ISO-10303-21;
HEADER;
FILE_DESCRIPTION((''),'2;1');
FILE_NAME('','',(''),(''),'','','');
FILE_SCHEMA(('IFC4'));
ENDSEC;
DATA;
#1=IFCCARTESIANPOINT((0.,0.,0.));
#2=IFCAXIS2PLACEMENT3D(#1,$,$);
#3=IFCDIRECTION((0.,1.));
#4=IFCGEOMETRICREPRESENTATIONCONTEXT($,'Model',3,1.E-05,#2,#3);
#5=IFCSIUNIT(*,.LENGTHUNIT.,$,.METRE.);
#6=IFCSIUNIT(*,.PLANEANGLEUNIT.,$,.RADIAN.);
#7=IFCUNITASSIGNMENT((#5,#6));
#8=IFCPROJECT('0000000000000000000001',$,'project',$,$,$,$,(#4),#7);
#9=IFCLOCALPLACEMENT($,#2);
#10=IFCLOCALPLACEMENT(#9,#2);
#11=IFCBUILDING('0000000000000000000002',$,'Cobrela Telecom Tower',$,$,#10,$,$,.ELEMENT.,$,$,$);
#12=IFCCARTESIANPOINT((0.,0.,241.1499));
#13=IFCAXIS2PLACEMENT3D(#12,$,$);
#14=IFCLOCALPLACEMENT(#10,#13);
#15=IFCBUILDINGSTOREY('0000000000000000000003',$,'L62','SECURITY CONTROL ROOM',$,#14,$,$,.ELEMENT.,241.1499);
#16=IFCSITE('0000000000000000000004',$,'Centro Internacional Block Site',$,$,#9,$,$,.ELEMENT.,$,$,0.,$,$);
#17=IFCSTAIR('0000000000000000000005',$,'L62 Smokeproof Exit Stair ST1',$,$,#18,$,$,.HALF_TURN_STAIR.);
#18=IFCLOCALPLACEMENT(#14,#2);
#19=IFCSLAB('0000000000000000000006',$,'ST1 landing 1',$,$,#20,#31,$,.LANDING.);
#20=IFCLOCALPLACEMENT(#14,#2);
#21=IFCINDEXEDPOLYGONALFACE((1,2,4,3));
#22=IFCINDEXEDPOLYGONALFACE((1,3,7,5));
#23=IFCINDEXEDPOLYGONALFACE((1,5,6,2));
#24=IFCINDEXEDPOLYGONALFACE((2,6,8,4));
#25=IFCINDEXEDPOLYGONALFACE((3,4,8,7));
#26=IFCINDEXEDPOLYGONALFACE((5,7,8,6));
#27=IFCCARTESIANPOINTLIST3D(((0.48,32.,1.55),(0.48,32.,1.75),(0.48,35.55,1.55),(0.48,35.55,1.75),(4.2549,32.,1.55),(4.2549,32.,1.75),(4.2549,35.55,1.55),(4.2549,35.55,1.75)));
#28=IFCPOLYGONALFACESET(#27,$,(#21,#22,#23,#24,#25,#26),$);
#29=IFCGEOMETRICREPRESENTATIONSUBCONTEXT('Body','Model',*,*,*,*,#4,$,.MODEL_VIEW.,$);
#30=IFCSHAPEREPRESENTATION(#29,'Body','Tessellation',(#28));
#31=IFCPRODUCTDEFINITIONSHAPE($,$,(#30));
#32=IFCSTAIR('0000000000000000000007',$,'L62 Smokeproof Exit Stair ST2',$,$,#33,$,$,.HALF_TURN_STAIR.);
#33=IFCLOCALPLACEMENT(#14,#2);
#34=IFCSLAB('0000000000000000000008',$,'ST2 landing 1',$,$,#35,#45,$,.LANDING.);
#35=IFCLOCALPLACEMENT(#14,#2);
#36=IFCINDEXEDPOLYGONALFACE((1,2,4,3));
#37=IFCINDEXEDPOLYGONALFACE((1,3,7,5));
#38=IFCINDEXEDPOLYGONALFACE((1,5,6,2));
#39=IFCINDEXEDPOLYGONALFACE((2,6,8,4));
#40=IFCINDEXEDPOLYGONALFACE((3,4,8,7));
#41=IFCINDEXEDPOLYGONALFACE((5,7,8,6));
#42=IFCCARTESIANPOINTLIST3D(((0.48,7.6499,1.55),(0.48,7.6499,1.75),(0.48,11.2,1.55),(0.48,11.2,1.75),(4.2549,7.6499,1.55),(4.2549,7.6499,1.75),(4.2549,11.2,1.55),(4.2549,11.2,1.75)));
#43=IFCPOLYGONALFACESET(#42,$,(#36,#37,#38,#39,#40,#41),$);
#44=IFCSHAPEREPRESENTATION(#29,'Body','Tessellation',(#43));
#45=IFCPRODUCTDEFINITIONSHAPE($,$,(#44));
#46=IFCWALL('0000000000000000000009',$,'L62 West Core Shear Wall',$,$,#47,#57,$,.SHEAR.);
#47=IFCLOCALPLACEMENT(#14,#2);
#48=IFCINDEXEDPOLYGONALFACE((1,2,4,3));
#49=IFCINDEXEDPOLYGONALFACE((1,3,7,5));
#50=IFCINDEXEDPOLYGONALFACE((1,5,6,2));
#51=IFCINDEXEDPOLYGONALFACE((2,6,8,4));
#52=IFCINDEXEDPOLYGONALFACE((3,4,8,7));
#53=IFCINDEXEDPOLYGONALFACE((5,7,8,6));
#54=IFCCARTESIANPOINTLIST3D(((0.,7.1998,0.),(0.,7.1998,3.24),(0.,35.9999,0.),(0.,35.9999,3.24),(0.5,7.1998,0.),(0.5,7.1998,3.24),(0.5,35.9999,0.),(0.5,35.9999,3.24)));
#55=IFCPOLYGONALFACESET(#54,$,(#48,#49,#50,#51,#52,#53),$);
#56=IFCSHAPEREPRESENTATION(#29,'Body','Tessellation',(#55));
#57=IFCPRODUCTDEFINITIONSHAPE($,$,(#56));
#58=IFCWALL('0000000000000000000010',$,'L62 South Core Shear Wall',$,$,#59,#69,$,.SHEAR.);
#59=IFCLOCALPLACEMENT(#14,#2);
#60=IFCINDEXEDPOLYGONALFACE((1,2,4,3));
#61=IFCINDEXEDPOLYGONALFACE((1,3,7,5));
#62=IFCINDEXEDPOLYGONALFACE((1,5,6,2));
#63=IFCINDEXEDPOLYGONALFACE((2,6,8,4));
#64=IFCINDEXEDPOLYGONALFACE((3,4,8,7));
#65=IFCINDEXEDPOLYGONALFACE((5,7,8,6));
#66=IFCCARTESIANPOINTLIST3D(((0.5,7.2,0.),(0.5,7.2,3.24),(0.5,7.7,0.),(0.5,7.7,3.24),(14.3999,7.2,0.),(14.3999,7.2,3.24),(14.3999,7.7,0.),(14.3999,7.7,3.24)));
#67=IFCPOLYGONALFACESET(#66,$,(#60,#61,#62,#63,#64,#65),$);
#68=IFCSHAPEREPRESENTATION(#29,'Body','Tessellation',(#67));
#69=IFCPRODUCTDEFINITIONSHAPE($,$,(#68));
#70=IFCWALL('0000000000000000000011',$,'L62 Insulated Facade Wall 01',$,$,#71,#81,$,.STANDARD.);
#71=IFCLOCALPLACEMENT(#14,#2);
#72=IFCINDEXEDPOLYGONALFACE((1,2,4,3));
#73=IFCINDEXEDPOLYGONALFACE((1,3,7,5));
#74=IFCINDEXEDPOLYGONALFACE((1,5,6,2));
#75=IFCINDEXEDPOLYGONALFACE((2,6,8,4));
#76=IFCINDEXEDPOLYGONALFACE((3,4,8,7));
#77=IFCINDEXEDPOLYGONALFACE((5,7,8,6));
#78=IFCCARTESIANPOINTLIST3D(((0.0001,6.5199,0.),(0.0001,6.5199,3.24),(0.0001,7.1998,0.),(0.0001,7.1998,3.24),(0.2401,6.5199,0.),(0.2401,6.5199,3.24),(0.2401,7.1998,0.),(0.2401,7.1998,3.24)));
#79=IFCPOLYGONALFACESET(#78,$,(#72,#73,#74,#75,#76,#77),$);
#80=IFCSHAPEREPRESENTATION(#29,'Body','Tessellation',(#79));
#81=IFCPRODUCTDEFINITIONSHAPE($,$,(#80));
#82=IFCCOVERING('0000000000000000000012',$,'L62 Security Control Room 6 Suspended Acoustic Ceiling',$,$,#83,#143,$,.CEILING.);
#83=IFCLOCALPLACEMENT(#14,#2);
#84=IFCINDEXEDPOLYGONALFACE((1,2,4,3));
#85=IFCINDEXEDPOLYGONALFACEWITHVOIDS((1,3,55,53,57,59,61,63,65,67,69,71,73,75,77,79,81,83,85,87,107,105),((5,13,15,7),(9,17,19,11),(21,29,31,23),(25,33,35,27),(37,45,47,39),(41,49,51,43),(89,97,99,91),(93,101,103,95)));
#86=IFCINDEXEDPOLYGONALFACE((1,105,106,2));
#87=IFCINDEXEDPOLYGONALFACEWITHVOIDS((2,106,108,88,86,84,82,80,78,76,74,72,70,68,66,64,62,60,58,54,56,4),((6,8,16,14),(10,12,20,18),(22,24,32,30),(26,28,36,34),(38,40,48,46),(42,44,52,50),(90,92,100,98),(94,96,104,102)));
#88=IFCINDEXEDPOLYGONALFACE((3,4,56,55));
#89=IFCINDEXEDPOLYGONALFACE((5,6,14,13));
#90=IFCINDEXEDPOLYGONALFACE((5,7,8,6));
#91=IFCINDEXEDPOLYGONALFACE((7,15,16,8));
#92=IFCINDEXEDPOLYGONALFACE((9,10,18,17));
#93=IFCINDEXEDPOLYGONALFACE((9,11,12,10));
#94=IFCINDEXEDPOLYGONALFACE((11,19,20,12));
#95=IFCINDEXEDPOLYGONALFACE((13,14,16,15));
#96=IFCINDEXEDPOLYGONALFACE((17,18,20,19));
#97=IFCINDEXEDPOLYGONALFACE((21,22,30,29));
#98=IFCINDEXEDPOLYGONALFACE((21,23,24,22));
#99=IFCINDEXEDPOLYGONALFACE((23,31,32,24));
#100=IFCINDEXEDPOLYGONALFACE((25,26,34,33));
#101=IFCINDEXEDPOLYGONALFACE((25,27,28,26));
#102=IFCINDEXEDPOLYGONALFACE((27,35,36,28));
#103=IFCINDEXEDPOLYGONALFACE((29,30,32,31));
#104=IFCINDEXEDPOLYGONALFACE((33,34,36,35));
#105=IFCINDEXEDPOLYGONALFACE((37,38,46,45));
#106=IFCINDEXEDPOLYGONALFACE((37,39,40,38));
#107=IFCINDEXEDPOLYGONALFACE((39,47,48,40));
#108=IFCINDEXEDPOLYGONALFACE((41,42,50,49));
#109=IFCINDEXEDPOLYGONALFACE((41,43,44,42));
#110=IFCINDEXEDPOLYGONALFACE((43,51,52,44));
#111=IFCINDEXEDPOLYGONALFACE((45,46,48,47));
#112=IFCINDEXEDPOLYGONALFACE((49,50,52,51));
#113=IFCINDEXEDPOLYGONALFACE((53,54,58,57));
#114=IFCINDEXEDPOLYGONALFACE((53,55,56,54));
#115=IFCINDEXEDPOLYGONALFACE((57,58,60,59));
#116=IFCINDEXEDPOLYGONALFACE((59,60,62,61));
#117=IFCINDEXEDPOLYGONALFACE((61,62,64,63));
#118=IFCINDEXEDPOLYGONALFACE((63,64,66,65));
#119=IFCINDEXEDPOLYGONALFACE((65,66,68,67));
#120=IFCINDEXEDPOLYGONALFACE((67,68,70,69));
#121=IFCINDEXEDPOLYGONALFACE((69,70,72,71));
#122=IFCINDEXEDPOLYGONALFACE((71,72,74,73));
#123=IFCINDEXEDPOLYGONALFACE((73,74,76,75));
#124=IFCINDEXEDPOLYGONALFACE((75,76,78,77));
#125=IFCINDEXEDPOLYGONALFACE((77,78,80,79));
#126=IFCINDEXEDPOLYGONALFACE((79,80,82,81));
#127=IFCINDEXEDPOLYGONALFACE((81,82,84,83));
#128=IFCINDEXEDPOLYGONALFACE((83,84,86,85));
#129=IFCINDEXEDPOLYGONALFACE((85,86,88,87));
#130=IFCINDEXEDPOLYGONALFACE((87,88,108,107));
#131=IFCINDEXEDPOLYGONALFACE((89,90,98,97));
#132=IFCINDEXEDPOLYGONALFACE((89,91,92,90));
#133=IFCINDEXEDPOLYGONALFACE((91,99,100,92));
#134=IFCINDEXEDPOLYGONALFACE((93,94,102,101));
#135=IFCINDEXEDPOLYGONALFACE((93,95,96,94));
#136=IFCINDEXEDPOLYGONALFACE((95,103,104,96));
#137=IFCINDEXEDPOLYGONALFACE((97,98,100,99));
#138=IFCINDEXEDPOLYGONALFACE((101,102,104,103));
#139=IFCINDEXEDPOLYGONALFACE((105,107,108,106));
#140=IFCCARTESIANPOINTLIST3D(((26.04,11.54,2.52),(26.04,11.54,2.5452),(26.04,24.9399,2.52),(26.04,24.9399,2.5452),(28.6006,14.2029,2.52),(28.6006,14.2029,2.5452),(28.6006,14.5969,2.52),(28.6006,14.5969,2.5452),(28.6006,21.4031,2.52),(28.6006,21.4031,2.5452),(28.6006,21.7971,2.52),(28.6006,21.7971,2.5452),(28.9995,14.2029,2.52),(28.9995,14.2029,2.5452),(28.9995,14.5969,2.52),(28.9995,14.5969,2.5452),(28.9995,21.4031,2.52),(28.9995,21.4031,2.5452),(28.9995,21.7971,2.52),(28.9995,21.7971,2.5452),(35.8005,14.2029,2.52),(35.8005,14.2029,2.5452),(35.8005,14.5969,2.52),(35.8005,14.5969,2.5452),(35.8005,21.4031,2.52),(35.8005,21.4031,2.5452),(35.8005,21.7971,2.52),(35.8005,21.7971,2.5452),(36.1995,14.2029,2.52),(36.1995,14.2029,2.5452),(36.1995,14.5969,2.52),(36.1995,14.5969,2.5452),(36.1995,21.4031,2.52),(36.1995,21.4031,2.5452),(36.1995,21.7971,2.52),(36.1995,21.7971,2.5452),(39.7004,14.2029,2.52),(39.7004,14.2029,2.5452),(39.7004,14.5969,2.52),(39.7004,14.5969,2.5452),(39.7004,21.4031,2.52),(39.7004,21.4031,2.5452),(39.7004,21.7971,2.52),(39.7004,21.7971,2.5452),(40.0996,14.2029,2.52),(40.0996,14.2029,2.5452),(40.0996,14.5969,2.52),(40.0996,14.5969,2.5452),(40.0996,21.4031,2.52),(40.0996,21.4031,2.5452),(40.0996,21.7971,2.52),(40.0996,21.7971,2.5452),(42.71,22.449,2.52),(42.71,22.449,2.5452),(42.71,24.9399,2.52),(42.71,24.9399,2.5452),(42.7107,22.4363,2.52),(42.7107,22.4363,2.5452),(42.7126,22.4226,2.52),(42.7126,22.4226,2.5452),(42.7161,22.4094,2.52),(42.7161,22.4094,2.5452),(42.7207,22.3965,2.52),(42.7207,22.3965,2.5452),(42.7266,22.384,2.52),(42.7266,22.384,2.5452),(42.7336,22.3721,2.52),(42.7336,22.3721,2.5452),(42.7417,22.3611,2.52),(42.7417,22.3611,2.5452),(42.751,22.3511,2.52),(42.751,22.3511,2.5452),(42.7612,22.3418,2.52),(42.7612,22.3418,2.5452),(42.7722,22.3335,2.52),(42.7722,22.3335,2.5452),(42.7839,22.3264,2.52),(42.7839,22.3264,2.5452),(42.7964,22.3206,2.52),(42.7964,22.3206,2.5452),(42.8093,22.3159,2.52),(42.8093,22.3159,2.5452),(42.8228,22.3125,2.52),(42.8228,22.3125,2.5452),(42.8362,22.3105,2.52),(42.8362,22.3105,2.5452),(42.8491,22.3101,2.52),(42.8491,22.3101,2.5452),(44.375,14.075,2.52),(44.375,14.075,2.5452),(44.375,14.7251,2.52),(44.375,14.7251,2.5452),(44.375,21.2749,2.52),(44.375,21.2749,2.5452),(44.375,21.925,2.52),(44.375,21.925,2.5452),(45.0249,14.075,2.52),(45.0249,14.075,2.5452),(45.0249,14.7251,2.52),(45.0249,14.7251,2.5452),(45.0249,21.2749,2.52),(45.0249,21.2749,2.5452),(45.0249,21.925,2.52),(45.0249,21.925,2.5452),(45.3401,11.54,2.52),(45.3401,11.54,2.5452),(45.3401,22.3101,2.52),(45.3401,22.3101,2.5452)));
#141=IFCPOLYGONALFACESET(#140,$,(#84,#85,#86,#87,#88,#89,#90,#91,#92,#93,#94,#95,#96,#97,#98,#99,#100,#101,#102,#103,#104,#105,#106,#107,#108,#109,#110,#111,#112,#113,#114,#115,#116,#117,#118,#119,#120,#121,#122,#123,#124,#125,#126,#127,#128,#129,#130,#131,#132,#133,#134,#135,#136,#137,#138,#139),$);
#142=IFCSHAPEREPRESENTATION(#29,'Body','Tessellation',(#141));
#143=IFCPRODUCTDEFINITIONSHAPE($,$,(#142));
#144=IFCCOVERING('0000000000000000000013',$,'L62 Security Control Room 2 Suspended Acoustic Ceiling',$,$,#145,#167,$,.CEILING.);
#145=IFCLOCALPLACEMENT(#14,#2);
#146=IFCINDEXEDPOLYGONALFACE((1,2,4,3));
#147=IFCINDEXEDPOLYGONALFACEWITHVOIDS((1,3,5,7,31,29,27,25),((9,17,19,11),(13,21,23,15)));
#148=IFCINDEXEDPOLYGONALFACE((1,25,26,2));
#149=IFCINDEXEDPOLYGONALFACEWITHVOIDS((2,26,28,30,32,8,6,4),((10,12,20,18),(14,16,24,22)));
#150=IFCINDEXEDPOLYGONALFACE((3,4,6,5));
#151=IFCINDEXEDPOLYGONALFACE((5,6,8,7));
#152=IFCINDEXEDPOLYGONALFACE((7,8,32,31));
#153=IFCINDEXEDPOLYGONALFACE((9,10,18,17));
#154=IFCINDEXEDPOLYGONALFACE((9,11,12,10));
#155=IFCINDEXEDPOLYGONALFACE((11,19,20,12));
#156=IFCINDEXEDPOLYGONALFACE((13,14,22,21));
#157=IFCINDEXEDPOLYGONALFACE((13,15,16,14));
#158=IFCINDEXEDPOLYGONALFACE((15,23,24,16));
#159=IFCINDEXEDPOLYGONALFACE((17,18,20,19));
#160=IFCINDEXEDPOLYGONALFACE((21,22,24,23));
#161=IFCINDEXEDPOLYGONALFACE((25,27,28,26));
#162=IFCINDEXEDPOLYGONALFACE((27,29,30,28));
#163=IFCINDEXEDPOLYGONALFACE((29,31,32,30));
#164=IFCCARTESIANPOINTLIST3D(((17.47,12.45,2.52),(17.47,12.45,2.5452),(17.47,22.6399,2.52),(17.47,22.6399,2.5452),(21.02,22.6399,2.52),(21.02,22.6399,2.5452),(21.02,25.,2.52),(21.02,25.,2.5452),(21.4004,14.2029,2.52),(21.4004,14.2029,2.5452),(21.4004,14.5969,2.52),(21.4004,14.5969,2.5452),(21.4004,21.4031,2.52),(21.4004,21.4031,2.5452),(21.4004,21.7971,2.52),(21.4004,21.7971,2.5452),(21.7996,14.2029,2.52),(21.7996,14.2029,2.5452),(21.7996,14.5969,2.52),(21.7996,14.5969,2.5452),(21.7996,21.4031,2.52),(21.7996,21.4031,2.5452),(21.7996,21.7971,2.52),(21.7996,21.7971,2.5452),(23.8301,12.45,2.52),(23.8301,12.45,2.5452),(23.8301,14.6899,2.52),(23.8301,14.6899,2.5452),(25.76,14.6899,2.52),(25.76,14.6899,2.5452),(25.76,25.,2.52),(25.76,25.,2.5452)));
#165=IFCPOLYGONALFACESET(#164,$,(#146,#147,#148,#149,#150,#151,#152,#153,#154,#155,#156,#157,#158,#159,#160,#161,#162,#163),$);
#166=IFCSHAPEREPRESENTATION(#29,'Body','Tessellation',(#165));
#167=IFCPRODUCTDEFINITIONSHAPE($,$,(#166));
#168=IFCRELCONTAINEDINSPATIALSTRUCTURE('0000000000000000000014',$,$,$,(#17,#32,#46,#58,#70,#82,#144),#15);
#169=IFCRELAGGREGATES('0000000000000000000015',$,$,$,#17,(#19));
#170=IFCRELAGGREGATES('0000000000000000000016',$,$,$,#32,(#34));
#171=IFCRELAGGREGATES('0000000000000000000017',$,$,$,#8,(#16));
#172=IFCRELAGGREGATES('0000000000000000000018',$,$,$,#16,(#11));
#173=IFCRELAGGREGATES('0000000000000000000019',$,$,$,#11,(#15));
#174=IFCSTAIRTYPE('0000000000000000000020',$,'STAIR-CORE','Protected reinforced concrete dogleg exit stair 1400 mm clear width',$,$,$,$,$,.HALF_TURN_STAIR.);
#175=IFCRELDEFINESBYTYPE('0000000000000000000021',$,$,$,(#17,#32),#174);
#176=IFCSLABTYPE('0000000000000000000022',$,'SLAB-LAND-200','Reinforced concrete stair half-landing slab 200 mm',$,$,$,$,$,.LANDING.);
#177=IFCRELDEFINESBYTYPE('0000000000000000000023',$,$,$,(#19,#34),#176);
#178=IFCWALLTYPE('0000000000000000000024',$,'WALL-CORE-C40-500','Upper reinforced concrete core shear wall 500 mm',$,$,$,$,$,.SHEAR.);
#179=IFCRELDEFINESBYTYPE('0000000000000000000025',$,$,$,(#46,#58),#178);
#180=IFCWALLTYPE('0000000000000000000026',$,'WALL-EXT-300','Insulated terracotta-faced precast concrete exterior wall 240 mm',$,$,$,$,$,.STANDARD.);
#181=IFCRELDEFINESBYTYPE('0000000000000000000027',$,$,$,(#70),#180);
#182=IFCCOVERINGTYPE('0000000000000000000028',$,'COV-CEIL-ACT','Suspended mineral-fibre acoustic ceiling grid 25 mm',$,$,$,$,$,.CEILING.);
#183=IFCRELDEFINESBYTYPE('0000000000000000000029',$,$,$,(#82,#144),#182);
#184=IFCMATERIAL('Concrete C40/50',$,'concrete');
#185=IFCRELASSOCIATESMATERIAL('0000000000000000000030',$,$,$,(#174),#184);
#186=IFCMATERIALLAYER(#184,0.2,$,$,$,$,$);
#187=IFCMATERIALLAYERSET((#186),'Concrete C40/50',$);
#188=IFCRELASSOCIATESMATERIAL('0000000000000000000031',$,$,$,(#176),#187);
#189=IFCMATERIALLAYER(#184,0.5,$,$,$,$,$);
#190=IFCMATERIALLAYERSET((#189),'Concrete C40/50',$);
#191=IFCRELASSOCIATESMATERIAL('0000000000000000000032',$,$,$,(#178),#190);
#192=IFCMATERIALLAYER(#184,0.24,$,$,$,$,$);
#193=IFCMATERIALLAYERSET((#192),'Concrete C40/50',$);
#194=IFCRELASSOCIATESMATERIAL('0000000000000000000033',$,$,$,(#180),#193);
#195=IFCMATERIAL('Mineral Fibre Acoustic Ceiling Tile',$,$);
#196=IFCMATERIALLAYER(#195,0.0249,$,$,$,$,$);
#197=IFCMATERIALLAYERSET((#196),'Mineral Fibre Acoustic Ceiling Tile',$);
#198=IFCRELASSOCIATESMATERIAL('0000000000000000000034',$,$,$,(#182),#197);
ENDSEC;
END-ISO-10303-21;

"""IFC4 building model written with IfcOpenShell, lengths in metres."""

from ifc_helpers import new_model, si_unit, direction, frame, frame_2d, origin, place, context, subcontext, project, spatial, polyline, rectangle, outline, extrude, material, layer, layer_set, type_object, element, aggregate, save


model = new_model("IFC4")

# Units and contexts
model_context = context("Model", 3, precision=1e-05, world=origin(), true_north=direction((0.0, 1.0)))
body_context = subcontext(model_context, "Body", "Model", "MODEL_VIEW")
ifc_project = project(units=[si_unit("LENGTHUNIT", "METRE"), si_unit("PLANEANGLEUNIT", "RADIAN")], contexts=[model_context])

# Site, building, storey
site_placement = place(None, origin())
site = spatial("IfcSite", under=ifc_project, at=site_placement, Name="Centro Internacional Block Site", CompositionType="ELEMENT", RefElevation=0.0)
building_placement = place(site_placement, origin())
building = spatial("IfcBuilding", under=site, at=building_placement, Name="Cobrela Telecom Tower", CompositionType="ELEMENT")
storey_placement = place(building_placement, frame((0.0, 0.0, 241.1499)))
storey = spatial("IfcBuildingStorey", under=building, at=storey_placement, Name="L62", Description="SECURITY CONTROL ROOM", CompositionType="ELEMENT", Elevation=241.1499)

# Shared definitions
ifc_material_1 = material(Name="Concrete C40/50", Category="concrete")

# Stairs, slabs
stair_type = type_object("IfcStairType", Name="STAIR-CORE", Description="Protected reinforced concrete dogleg exit stair 1400 mm clear width", PredefinedType="HALF_TURN_STAIR", material=ifc_material_1)
stair_1_placement = place(storey_placement, origin())
stair_1 = element("IfcStair", 1, at=stair_1_placement, inside=storey, type_object=stair_type, Name="L62 Smokeproof Exit Stair ST1", PredefinedType="HALF_TURN_STAIR")
ifc_layer_1 = layer(ifc_material_1, 0.2)
ifc_layer_set_1 = layer_set([ifc_layer_1], Name="Concrete C40/50")
slab_type_1 = type_object("IfcSlabType", Name="SLAB-LAND-200", Description="Reinforced concrete stair half-landing slab 200 mm", PredefinedType="LANDING", material=ifc_layer_set_1)
slab_1_placement = place(storey_placement, frame((0.0, 0.0, 1.55)))
slab_1 = element("IfcSlab", 2, at=slab_1_placement, type_object=slab_type_1, Name="ST1 landing 1", PredefinedType="LANDING", context=body_context, shape_type="SweptSolid", body=[
    extrude(outline(polyline([(4.2549, 35.55), (0.48, 35.55), (0.48, 32.0), (4.2549, 32.0), (4.2549, 35.55)])), origin(), (0.0, 0.0, 1.0), 0.2),
])
aggregate(stair_1, [slab_1])
stair_2_placement = place(storey_placement, origin())
stair_2 = element("IfcStair", 3, at=stair_2_placement, inside=storey, type_object=stair_type, Name="L62 Smokeproof Exit Stair ST2", PredefinedType="HALF_TURN_STAIR")
slab_2_placement = place(storey_placement, frame((0.0, 0.0, 1.55)))
slab_2 = element("IfcSlab", 4, at=slab_2_placement, type_object=slab_type_1, Name="ST2 landing 1", PredefinedType="LANDING", context=body_context, shape_type="SweptSolid", body=[
    extrude(outline(polyline([(4.2549, 11.2), (0.48, 11.2), (0.48, 7.6499), (4.2549, 7.6499), (4.2549, 11.2)])), origin(), (0.0, 0.0, 1.0), 0.2),
])
aggregate(stair_2, [slab_2])

# Walls
ifc_layer_2 = layer(ifc_material_1, 0.5)
ifc_layer_set_2 = layer_set([ifc_layer_2], Name="Concrete C40/50")
wall_type_1 = type_object("IfcWallType", Name="WALL-CORE-C40-500", Description="Upper reinforced concrete core shear wall 500 mm", PredefinedType="SHEAR", material=ifc_layer_set_2)
wall_1_placement = place(storey_placement, frame((0.25, 7.2, 0.0), z_axis=(0.0, 0.0, 1.0), x_axis=(0.0, 1.0, 0.0)))
element("IfcWall", 5, at=wall_1_placement, inside=storey, type_object=wall_type_1, Name="L62 West Core Shear Wall", PredefinedType="SHEAR", context=body_context, shape_type="SweptSolid", body=[
    extrude(rectangle(XDim=28.8, YDim=0.5, at=frame_2d((14.3999, 0.0))), origin(), (0.0, 0.0, 1.0), 3.24),
])
wall_2_placement = place(storey_placement, frame((0.5, 7.45, 0.0), z_axis=(0.0, 0.0, 1.0), x_axis=(1.0, 0.0, 0.0)))
element("IfcWall", 6, at=wall_2_placement, inside=storey, type_object=wall_type_1, Name="L62 South Core Shear Wall", PredefinedType="SHEAR", context=body_context, shape_type="SweptSolid", body=[
    extrude(rectangle(XDim=13.8999, YDim=0.5, at=frame_2d((6.95, 0.0))), origin(), (0.0, 0.0, 1.0), 3.24),
])
ifc_layer_3 = layer(ifc_material_1, 0.24)
ifc_layer_set_3 = layer_set([ifc_layer_3], Name="Concrete C40/50")
wall_type_2 = type_object("IfcWallType", Name="WALL-EXT-300", Description="Insulated terracotta-faced precast concrete exterior wall 240 mm", PredefinedType="STANDARD", material=ifc_layer_set_3)
wall_3_placement = place(storey_placement, frame((0.1201, 6.52, 0.0), z_axis=(0.0, 0.0, 1.0), x_axis=(0.0, 1.0, 0.0)))
element("IfcWall", 7, at=wall_3_placement, inside=storey, type_object=wall_type_2, Name="L62 Insulated Facade Wall 01", PredefinedType="STANDARD", context=body_context, shape_type="SweptSolid", body=[
    extrude(rectangle(XDim=0.6799, YDim=0.24, at=frame_2d((0.3398, 0.0))), origin(), (0.0, 0.0, 1.0), 3.24),
])

# Coverings
ifc_material_2 = material(Name="Mineral Fibre Acoustic Ceiling Tile")
ifc_layer_4 = layer(ifc_material_2, 0.0249)
ifc_layer_set_4 = layer_set([ifc_layer_4], Name="Mineral Fibre Acoustic Ceiling Tile")
covering_type_1 = type_object("IfcCoveringType", Name="COV-CEIL-ACT", Description="Suspended mineral-fibre acoustic ceiling grid 25 mm", PredefinedType="CEILING", material=ifc_layer_set_4)
covering_1_placement = place(storey_placement, frame((0.0, 0.0, 2.52)))
element("IfcCovering", 8, at=covering_1_placement, inside=storey, type_object=covering_type_1, Name="L62 Security Control Room 6 Suspended Acoustic Ceiling", PredefinedType="CEILING", context=body_context, shape_type="SweptSolid", body=[
    extrude(outline(polyline([(42.71, 24.9399), (42.71, 22.449), (42.7107, 22.4363), (42.7126, 22.4226), (42.7161, 22.4094), (42.7207, 22.3965), (42.7266, 22.384), (42.7336, 22.3721), (42.7417, 22.3611), (42.751, 22.3511), (42.7612, 22.3418), (42.7722, 22.3335), (42.7839, 22.3264), (42.7964, 22.3206), (42.8093, 22.3159), (42.8228, 22.3125), (42.8362, 22.3105), (42.8491, 22.3101), (45.3401, 22.3101), (45.3401, 11.54), (26.04, 11.54), (26.04, 24.9399), (42.71, 24.9399)]), holes=[polyline([(28.9995, 14.5969), (28.6006, 14.5969), (28.6006, 14.2029), (28.9995, 14.2029), (28.9995, 14.5969)]), polyline([(28.9995, 21.7971), (28.6006, 21.7971), (28.6006, 21.4031), (28.9995, 21.4031), (28.9995, 21.7971)]), polyline([(36.1995, 14.5969), (35.8005, 14.5969), (35.8005, 14.2029), (36.1995, 14.2029), (36.1995, 14.5969)]), polyline([(40.0996, 14.5969), (39.7004, 14.5969), (39.7004, 14.2029), (40.0996, 14.2029), (40.0996, 14.5969)]), polyline([(45.0249, 14.7251), (44.375, 14.7251), (44.375, 14.075), (45.0249, 14.075), (45.0249, 14.7251)]), polyline([(36.1995, 21.7971), (35.8005, 21.7971), (35.8005, 21.4031), (36.1995, 21.4031), (36.1995, 21.7971)]), polyline([(40.0996, 21.4031), (40.0996, 21.7971), (39.7004, 21.7971), (39.7004, 21.4031), (40.0996, 21.4031)]), polyline([(45.0249, 21.2749), (45.0249, 21.925), (44.375, 21.925), (44.375, 21.2749), (45.0249, 21.2749)])]), origin(), (0.0, 0.0, 1.0), 0.0251),
])
covering_2_placement = place(storey_placement, frame((0.0, 0.0, 2.52)))
element("IfcCovering", 9, at=covering_2_placement, inside=storey, type_object=covering_type_1, Name="L62 Security Control Room 2 Suspended Acoustic Ceiling", PredefinedType="CEILING", context=body_context, shape_type="SweptSolid", body=[
    extrude(outline(polyline([(25.76, 25.0), (25.76, 14.6899), (23.8301, 14.6899), (23.8301, 12.45), (17.47, 12.45), (17.47, 22.6399), (21.02, 22.6399), (21.02, 25.0), (25.76, 25.0)]), holes=[polyline([(21.7996, 14.5969), (21.4004, 14.5969), (21.4004, 14.2029), (21.7996, 14.2029), (21.7996, 14.5969)]), polyline([(21.7996, 21.7971), (21.4004, 21.7971), (21.4004, 21.4031), (21.7996, 21.4031), (21.7996, 21.7971)])]), origin(), (0.0, 0.0, 1.0), 0.0251),
])

save(model, "model.ifc")
